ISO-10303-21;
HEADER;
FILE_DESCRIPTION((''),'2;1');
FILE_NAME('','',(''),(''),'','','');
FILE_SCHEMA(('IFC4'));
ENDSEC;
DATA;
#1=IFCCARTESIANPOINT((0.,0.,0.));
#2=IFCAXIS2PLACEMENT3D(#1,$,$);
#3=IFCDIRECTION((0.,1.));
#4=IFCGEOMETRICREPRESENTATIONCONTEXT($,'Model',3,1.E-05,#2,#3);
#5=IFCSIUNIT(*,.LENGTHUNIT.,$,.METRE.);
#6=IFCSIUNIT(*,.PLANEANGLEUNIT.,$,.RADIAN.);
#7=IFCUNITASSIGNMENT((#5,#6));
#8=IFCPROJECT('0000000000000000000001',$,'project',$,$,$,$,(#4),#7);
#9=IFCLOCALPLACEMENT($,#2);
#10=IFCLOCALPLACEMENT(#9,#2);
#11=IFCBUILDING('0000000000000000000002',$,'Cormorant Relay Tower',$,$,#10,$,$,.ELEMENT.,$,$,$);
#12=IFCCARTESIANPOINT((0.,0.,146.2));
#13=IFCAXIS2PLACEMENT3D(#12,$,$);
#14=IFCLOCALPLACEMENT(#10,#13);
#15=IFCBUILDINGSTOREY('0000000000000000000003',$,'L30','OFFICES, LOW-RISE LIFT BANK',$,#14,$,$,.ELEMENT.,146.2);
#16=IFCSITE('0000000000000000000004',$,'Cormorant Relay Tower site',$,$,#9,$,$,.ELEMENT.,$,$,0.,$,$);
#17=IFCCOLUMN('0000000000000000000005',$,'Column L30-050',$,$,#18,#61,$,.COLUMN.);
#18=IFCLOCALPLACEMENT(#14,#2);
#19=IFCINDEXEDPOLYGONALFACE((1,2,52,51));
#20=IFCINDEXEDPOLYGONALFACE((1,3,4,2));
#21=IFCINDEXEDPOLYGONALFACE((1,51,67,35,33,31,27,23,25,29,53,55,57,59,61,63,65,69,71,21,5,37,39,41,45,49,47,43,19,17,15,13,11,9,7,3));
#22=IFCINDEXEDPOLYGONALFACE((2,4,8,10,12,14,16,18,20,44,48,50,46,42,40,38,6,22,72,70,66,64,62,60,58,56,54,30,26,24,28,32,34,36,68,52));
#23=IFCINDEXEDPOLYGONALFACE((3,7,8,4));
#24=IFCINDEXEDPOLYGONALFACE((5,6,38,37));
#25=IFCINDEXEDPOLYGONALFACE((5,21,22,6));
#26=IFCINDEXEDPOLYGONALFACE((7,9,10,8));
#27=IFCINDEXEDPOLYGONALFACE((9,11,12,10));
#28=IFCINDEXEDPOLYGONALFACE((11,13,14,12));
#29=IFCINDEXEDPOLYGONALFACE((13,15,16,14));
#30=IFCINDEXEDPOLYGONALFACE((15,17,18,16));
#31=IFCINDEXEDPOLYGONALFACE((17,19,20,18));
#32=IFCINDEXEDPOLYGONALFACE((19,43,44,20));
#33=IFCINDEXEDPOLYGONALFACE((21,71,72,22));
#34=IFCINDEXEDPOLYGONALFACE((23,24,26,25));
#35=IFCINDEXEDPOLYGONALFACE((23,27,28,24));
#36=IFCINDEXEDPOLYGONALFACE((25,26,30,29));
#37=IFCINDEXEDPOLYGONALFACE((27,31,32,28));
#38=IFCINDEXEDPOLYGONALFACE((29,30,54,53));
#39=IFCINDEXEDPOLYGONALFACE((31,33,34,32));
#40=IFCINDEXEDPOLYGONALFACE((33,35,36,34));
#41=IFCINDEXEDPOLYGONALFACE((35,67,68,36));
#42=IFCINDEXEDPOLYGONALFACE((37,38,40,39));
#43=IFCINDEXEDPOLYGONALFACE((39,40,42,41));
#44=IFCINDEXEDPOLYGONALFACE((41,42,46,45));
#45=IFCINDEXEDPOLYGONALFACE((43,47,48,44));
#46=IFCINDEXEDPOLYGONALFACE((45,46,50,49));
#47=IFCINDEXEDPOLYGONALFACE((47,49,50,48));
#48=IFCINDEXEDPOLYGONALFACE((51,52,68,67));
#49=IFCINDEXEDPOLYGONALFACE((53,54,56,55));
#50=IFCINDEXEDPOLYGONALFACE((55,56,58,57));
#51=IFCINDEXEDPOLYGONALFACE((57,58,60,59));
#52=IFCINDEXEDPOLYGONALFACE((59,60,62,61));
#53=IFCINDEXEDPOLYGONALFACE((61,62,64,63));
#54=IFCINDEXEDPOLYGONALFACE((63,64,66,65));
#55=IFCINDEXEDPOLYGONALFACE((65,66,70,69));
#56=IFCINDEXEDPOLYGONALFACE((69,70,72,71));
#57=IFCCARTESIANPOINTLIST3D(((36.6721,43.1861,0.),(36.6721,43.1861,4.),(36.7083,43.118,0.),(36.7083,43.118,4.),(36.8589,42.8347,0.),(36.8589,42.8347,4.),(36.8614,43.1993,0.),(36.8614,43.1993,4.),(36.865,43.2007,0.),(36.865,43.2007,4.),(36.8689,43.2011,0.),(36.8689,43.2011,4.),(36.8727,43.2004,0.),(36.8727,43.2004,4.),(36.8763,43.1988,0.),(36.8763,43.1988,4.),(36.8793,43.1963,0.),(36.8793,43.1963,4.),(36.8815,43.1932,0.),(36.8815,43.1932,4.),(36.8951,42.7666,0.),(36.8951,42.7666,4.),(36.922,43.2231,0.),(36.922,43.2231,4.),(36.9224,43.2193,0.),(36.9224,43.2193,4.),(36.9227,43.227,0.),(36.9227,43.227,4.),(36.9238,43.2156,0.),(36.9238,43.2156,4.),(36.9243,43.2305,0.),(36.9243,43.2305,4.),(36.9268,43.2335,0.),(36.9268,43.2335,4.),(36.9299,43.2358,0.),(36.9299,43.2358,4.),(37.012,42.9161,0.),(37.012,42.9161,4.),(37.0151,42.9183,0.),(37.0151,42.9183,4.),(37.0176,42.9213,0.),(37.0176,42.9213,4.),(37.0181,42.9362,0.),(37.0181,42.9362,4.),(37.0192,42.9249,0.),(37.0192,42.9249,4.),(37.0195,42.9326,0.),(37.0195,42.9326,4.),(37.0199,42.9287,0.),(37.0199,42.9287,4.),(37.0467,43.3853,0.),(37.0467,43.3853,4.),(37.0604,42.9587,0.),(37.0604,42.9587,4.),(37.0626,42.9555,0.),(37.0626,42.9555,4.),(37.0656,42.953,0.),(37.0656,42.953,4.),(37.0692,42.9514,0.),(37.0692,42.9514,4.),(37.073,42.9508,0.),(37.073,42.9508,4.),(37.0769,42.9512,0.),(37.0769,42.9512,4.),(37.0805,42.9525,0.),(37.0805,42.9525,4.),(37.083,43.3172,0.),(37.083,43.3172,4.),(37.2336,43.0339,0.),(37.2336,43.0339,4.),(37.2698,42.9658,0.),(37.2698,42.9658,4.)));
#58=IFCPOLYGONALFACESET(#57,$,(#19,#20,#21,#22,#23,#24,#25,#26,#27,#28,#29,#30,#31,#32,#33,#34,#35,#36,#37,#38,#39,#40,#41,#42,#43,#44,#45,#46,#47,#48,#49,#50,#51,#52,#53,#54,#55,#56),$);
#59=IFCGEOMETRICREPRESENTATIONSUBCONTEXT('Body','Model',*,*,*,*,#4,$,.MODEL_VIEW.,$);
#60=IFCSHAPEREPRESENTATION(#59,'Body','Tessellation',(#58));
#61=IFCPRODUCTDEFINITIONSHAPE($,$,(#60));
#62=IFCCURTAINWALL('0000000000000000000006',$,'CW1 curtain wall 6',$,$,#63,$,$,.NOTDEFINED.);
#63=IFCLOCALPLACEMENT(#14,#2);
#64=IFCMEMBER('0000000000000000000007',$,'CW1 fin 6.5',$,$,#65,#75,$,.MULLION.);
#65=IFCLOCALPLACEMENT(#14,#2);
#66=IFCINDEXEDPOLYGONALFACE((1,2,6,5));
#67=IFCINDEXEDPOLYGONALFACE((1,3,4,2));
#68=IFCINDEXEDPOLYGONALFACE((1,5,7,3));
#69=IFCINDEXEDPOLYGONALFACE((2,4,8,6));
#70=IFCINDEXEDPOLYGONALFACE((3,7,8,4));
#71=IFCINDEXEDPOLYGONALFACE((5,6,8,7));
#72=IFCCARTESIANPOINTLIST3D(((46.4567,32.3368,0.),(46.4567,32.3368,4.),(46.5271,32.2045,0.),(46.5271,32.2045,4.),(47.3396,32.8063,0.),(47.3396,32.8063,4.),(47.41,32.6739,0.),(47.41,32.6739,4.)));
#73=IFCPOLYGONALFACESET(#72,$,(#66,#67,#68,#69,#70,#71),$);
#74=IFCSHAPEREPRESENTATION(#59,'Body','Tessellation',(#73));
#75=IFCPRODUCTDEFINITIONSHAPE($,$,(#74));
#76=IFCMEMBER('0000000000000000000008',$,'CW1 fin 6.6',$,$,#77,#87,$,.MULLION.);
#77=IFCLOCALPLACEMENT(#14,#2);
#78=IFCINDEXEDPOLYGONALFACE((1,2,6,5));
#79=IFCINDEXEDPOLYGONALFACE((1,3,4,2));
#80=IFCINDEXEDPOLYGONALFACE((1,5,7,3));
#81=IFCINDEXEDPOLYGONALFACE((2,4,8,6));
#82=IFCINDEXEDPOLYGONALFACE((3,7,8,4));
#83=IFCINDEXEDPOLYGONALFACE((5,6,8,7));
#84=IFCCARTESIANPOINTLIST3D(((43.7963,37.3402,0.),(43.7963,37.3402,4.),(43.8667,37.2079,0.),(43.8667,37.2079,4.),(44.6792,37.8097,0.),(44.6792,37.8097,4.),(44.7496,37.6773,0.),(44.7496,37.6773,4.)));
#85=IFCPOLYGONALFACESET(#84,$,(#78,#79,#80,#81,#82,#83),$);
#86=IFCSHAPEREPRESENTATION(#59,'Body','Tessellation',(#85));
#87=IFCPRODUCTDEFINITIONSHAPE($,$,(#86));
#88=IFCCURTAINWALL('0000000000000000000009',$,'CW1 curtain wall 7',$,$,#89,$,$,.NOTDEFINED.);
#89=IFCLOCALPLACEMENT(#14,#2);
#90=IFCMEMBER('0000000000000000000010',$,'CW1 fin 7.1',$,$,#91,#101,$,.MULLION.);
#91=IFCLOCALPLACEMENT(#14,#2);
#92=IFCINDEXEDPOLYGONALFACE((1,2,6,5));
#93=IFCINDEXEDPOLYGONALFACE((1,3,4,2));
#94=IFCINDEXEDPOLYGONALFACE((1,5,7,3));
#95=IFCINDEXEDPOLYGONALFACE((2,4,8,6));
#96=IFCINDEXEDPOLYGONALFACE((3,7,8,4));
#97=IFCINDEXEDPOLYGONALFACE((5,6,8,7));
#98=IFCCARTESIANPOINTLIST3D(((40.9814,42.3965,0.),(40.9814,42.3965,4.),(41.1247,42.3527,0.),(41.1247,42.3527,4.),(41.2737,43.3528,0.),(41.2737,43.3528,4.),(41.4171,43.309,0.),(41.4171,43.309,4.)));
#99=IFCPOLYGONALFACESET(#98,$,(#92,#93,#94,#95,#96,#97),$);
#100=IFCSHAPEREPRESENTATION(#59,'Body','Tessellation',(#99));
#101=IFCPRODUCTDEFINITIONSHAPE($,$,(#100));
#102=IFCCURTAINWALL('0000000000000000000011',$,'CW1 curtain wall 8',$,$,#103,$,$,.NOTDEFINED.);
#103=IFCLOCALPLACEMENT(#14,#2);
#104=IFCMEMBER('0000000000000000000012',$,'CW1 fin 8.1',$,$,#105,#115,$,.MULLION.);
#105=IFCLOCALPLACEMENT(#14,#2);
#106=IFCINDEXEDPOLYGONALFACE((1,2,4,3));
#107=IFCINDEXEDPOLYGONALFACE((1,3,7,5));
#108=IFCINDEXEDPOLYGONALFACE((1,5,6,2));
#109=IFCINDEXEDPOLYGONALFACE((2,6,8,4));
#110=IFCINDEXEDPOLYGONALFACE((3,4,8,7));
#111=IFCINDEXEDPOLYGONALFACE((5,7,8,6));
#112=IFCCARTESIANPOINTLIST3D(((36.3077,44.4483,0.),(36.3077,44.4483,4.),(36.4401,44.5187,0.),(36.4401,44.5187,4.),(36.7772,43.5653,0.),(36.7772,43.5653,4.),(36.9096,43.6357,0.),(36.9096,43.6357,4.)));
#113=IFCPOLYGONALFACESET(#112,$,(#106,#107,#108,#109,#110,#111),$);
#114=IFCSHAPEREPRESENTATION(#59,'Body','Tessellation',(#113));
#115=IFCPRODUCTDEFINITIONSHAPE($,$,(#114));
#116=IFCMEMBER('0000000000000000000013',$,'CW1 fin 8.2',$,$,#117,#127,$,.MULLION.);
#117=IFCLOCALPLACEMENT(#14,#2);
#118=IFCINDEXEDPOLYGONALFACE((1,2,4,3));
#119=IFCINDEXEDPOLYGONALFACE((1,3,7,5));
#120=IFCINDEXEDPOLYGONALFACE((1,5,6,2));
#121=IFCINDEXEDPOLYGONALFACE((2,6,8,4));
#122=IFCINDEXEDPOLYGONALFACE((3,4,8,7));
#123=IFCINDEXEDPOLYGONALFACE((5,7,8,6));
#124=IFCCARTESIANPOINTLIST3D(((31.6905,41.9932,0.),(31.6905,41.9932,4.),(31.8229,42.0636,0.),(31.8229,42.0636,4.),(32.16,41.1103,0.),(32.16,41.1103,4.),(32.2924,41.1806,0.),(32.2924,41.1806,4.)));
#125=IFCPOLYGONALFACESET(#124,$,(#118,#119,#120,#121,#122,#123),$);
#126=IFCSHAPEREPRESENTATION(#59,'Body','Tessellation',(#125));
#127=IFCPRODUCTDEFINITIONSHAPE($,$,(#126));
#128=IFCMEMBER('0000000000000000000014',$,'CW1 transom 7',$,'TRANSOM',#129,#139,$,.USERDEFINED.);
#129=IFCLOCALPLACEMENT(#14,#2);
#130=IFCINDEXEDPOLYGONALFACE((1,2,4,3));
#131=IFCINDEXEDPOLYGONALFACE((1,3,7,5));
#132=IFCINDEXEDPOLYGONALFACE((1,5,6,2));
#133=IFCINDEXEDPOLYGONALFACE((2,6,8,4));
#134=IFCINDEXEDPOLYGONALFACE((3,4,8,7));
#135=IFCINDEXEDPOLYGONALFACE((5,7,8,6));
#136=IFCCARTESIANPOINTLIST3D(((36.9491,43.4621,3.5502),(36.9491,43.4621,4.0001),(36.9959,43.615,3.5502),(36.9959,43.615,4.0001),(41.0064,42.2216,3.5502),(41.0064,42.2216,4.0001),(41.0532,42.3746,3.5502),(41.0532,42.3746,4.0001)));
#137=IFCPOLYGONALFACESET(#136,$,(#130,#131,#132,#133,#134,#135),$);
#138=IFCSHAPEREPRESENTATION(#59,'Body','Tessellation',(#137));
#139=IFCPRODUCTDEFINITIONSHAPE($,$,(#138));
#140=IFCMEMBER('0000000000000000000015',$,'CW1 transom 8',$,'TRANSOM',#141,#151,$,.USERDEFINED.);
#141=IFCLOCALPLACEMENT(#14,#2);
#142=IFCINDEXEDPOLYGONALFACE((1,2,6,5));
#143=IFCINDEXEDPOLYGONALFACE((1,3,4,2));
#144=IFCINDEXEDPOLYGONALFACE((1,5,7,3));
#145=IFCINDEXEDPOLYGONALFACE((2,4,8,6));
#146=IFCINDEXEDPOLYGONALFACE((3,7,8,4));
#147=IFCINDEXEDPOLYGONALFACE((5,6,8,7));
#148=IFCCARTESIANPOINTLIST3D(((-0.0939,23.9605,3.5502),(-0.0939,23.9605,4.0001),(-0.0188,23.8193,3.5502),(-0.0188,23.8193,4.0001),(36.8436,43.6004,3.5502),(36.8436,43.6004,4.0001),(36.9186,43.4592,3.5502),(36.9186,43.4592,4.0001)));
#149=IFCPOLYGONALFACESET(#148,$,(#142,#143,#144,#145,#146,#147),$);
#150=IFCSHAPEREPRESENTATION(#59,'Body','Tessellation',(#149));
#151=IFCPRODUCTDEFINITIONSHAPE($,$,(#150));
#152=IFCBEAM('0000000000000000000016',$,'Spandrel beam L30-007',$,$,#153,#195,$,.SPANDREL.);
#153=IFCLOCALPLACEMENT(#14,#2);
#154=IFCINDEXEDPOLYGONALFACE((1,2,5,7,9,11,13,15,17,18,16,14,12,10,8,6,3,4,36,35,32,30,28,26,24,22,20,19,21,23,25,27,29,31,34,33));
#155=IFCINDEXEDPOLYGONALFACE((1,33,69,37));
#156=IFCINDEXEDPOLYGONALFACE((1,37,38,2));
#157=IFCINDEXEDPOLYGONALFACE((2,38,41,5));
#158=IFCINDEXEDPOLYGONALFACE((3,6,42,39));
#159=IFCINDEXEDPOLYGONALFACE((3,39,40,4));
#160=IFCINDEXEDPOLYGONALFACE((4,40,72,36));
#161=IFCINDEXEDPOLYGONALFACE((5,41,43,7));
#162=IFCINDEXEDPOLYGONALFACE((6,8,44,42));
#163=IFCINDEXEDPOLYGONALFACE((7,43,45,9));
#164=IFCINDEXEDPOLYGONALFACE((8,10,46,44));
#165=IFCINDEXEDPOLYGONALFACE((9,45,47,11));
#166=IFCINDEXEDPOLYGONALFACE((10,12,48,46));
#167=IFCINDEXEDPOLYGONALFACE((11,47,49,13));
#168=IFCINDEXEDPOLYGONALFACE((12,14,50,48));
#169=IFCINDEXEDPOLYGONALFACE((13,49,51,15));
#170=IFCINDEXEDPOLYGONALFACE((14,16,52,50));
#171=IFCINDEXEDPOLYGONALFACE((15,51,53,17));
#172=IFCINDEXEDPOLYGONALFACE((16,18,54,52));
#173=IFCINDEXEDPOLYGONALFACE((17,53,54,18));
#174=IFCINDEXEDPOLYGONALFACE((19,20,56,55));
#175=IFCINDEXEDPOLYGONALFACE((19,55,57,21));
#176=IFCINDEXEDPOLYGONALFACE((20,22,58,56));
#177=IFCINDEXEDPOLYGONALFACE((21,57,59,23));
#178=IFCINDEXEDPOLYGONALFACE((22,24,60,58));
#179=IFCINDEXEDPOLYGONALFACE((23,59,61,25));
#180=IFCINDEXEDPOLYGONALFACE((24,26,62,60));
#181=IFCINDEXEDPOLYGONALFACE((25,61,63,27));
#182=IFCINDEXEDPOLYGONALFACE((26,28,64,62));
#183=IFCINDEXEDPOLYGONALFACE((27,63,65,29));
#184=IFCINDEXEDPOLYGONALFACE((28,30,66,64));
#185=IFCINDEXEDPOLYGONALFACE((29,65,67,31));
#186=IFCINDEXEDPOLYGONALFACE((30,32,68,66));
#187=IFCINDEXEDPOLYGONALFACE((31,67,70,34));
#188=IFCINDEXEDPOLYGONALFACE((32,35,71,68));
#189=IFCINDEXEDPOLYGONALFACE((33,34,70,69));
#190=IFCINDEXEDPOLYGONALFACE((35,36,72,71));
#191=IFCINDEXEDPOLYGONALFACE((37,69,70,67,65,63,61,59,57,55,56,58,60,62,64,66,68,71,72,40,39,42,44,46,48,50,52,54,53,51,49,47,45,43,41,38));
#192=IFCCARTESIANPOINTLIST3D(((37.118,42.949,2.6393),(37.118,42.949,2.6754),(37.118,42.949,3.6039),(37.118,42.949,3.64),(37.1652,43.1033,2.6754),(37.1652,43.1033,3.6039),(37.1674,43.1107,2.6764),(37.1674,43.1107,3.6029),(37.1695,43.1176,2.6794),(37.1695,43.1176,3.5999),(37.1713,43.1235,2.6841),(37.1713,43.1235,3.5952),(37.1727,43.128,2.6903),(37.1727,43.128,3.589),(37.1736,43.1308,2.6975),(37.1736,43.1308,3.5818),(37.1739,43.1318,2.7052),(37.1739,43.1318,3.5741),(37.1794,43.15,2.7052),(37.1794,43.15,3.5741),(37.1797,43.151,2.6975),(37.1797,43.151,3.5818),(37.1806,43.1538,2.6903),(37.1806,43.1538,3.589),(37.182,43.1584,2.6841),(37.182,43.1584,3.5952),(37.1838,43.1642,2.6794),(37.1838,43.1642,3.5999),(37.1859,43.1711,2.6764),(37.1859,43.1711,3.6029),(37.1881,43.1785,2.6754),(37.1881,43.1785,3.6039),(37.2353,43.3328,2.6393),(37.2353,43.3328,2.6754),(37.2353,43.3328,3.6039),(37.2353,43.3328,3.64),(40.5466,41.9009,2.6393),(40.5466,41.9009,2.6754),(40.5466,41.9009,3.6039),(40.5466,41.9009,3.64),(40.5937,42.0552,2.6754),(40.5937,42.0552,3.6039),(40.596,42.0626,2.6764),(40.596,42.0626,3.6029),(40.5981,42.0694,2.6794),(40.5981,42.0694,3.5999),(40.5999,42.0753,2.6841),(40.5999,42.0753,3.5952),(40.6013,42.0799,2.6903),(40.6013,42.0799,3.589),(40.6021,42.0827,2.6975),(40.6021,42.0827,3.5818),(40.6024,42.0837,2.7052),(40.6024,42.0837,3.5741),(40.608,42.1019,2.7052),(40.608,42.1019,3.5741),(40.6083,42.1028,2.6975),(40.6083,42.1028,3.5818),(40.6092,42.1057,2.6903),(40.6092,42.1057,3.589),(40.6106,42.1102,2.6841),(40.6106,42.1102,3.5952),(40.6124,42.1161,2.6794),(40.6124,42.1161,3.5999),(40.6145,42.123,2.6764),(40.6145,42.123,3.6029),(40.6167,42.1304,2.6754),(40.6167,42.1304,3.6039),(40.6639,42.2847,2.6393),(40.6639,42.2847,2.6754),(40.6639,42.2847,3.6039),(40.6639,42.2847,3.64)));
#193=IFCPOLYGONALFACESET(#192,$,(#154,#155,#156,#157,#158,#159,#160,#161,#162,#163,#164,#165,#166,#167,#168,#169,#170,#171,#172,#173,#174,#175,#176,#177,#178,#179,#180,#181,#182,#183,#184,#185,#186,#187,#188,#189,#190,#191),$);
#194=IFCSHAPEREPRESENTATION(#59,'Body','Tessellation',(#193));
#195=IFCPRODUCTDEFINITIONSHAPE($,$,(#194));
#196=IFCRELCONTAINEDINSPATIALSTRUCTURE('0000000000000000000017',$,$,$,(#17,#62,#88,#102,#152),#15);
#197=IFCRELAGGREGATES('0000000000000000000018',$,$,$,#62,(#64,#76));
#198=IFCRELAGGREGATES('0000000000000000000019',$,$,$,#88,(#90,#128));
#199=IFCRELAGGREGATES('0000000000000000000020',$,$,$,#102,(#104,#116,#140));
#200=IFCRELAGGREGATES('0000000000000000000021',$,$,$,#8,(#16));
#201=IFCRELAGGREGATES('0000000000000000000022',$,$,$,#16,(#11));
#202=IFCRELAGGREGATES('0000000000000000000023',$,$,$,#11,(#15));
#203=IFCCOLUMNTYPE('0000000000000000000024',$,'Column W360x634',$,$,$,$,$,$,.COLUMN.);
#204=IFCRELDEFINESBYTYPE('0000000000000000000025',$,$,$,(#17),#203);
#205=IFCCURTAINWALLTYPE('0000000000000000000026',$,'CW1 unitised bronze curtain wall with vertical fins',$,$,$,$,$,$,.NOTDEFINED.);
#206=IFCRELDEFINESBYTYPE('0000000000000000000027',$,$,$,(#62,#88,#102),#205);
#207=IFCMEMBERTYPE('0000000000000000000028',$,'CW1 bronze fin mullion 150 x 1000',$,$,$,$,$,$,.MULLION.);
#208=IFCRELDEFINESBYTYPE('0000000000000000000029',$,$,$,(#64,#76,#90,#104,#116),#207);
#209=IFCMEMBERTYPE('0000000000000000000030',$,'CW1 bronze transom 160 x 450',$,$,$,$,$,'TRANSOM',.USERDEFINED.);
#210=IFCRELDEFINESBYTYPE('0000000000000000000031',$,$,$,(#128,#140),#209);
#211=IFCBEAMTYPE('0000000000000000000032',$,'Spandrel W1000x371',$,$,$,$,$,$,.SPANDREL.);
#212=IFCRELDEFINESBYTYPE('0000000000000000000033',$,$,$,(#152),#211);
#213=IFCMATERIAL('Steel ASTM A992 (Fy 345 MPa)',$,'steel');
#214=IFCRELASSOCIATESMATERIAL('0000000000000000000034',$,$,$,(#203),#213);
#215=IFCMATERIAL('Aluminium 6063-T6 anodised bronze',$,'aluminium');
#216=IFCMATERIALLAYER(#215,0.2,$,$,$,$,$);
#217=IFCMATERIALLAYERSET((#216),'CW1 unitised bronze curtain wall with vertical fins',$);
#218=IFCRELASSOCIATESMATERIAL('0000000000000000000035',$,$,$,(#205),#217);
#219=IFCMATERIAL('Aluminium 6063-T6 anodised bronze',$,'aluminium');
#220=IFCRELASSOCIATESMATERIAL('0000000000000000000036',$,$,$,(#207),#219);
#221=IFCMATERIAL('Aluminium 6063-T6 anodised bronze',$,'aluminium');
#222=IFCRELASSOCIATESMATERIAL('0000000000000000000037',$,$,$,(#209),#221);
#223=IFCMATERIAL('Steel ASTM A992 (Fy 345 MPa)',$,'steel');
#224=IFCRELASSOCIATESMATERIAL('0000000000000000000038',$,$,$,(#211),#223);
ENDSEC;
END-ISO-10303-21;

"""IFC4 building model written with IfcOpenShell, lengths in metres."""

from ifc_helpers import new_model, si_unit, direction, frame, origin, origin_2d, place, context, subcontext, project, spatial, rectangle, i_section, extrude, material, layer, layer_set, material_profile, profile_set, type_object, element, aggregate, save


model = new_model("IFC4")

# Units and contexts
model_context = context("Model", 3, precision=1e-05, world=origin(), true_north=direction((0.0, 1.0)))
body_context = subcontext(model_context, "Body", "Model", "MODEL_VIEW")
ifc_project = project(units=[si_unit("LENGTHUNIT", "METRE"), si_unit("PLANEANGLEUNIT", "RADIAN")], contexts=[model_context])

# Site, building, storey
site_placement = place(None, origin())
site = spatial("IfcSite", under=ifc_project, at=site_placement, Name="Cormorant Relay Tower site", CompositionType="ELEMENT", RefElevation=0.0)
building_placement = place(site_placement, origin())
building = spatial("IfcBuilding", under=site, at=building_placement, Name="Cormorant Relay Tower", CompositionType="ELEMENT")
storey_placement = place(building_placement, frame((0.0, 0.0, 146.2)))
storey = spatial("IfcBuildingStorey", under=building, at=storey_placement, Name="L30", Description="OFFICES, LOW-RISE LIFT BANK", CompositionType="ELEMENT", Elevation=146.2)

# Column
ifc_material_1 = material(Name="Steel ASTM A992 (Fy 345 MPa)", Category="steel")
ifc_material_profile_1 = material_profile(ifc_material_1, i_section(OverallWidth=0.4243, OverallDepth=0.4751, WebThickness=0.0479, FlangeThickness=0.0771, FilletRadius=0.0149, at=origin_2d()), Name="W360x634")
ifc_profile_set_1 = profile_set([ifc_material_profile_1], Name="Steel ASTM A992 (Fy 345 MPa)")
column_type_1 = type_object("IfcColumnType", Name="Column W360x634", PredefinedType="COLUMN", material=ifc_profile_set_1)
for number, where, z_axis, x_axis, name in (
    (1, (36.9709, 43.0759, 0.0), (0.0, 0.0, 1.0), (-0.882948, -0.469472, 0.0), "Column L30-050"),
):
    element("IfcColumn", number, at=place(storey_placement, frame(where, z_axis=z_axis, x_axis=x_axis)), inside=storey, type_object=column_type_1, Name=name, PredefinedType="COLUMN", context=body_context, shape_type="SweptSolid", body=[
        extrude(i_section(OverallWidth=0.4243, OverallDepth=0.4751, WebThickness=0.0479, FlangeThickness=0.0771, FilletRadius=0.0149, at=origin_2d()), origin(), (0.0, 0.0, 1.0), 4.0),
    ])

# Curtain wall, members
ifc_material_2 = material(Name="Aluminium 6063-T6 anodised bronze", Category="aluminium")
ifc_layer_1 = layer(ifc_material_2, 0.2)
ifc_layer_set_1 = layer_set([ifc_layer_1], Name="CW1 unitised bronze curtain wall with vertical fins")
curtain_wall_type = type_object("IfcCurtainWallType", Name="CW1 unitised bronze curtain wall with vertical fins", PredefinedType="NOTDEFINED", material=ifc_layer_set_1)
curtain_wall_1_placement = place(storey_placement, origin())
curtain_wall_1 = element("IfcCurtainWall", 2, at=curtain_wall_1_placement, inside=storey, type_object=curtain_wall_type, Name="CW1 curtain wall 6", PredefinedType="NOTDEFINED")
ifc_material_3 = material(Name="Aluminium 6063-T6 anodised bronze", Category="aluminium")
ifc_material_profile_2 = material_profile(ifc_material_3, rectangle(XDim=0.1499, YDim=1.0, at=origin_2d()), Name="AL 150x1000")
ifc_profile_set_2 = profile_set([ifc_material_profile_2], Name="Aluminium 6063-T6 anodised bronze")
member_type_1 = type_object("IfcMemberType", Name="CW1 bronze fin mullion 150 x 1000", PredefinedType="MULLION", material=ifc_profile_set_2)
member_1_placement = place(storey_placement, frame((46.9333, 32.5054, 0.0), z_axis=(0.0, 0.0, 1.0), x_axis=(-0.469472, 0.882948, 0.0)))
member_1 = element("IfcMember", 3, at=member_1_placement, type_object=member_type_1, Name="CW1 fin 6.5", PredefinedType="MULLION", context=body_context, shape_type="SweptSolid", body=[
    extrude(rectangle(XDim=0.1499, YDim=1.0, at=origin_2d()), origin(), (0.0, 0.0, 1.0), 4.0),
])
member_2_placement = place(storey_placement, frame((44.2729, 37.5088, 0.0), z_axis=(0.0, 0.0, 1.0), x_axis=(-0.469472, 0.882948, 0.0)))
member_2 = element("IfcMember", 4, at=member_2_placement, type_object=member_type_1, Name="CW1 fin 6.6", PredefinedType="MULLION", context=body_context, shape_type="SweptSolid", body=[
    extrude(rectangle(XDim=0.1499, YDim=1.0, at=origin_2d()), origin(), (0.0, 0.0, 1.0), 4.0),
])

# Curtain wall, member
curtain_wall_2_placement = place(storey_placement, origin())
curtain_wall_2 = element("IfcCurtainWall", 5, at=curtain_wall_2_placement, inside=storey, type_object=curtain_wall_type, Name="CW1 curtain wall 7", PredefinedType="NOTDEFINED")
member_3_placement = place(storey_placement, frame((41.1992, 42.8528, 0.0), z_axis=(0.0, 0.0, 1.0), x_axis=(-0.956305, 0.292372, 0.0)))
member_3 = element("IfcMember", 6, at=member_3_placement, type_object=member_type_1, Name="CW1 fin 7.1", PredefinedType="MULLION", context=body_context, shape_type="SweptSolid", body=[
    extrude(rectangle(XDim=0.1499, YDim=1.0, at=origin_2d()), origin(), (0.0, 0.0, 1.0), 4.0),
])

# Curtain wall, members
curtain_wall_3_placement = place(storey_placement, origin())
curtain_wall_3 = element("IfcCurtainWall", 7, at=curtain_wall_3_placement, inside=storey, type_object=curtain_wall_type, Name="CW1 curtain wall 8", PredefinedType="NOTDEFINED")
member_4_placement = place(storey_placement, frame((36.6086, 44.042, 0.0), z_axis=(0.0, 0.0, 1.0), x_axis=(-0.882948, -0.469472, 0.0)))
member_4 = element("IfcMember", 8, at=member_4_placement, type_object=member_type_1, Name="CW1 fin 8.1", PredefinedType="MULLION", context=body_context, shape_type="SweptSolid", body=[
    extrude(rectangle(XDim=0.1499, YDim=1.0, at=origin_2d()), origin(), (0.0, 0.0, 1.0), 4.0),
])
member_5_placement = place(storey_placement, frame((31.9915, 41.5869, 0.0), z_axis=(0.0, 0.0, 1.0), x_axis=(-0.882948, -0.469472, 0.0)))
member_5 = element("IfcMember", 9, at=member_5_placement, type_object=member_type_1, Name="CW1 fin 8.2", PredefinedType="MULLION", context=body_context, shape_type="SweptSolid", body=[
    extrude(rectangle(XDim=0.1499, YDim=1.0, at=origin_2d()), origin(), (0.0, 0.0, 1.0), 4.0),
])

# Members
ifc_material_4 = material(Name="Aluminium 6063-T6 anodised bronze", Category="aluminium")
ifc_material_profile_3 = material_profile(ifc_material_4, rectangle(XDim=0.1599, YDim=0.45, at=origin_2d()), Name="AL 160x450")
ifc_profile_set_3 = profile_set([ifc_material_profile_3], Name="Aluminium 6063-T6 anodised bronze")
member_type_2 = type_object("IfcMemberType", Name="CW1 bronze transom 160 x 450", ElementType="TRANSOM", PredefinedType="USERDEFINED", material=ifc_profile_set_3)
member_6_placement = place(storey_placement, frame((41.0298, 42.2981, 3.7751), z_axis=(-0.956304, 0.292375, 0.0), x_axis=(-0.292375, -0.956304, 0.0)))
member_6 = element("IfcMember", 10, at=member_6_placement, type_object=member_type_2, Name="CW1 transom 7", ObjectType="TRANSOM", PredefinedType="USERDEFINED", context=body_context, shape_type="SweptSolid", body=[
    extrude(rectangle(XDim=0.1599, YDim=0.45, at=origin_2d()), origin(), (0.0, 0.0, 1.0), 4.2427),
])
member_7_placement = place(storey_placement, frame((36.8811, 43.5298, 3.7751), z_axis=(-0.882949, -0.469469, 0.0), x_axis=(0.469469, -0.882949, 0.0)))
member_7 = element("IfcMember", 11, at=member_7_placement, type_object=member_type_2, Name="CW1 transom 8", ObjectType="TRANSOM", PredefinedType="USERDEFINED", context=body_context, shape_type="SweptSolid", body=[
    extrude(rectangle(XDim=0.1599, YDim=0.45, at=origin_2d()), origin(), (0.0, 0.0, 1.0), 41.8342),
])

# Beam
ifc_material_5 = material(Name="Steel ASTM A992 (Fy 345 MPa)", Category="steel")
ifc_material_profile_4 = material_profile(ifc_material_5, i_section(OverallWidth=0.4014, OverallDepth=1.0007, WebThickness=0.019, FlangeThickness=0.0361, FilletRadius=0.0298, at=origin_2d()), Name="W1000x371")
ifc_profile_set_4 = profile_set([ifc_material_profile_4], Name="Steel ASTM A992 (Fy 345 MPa)")
beam_type = type_object("IfcBeamType", Name="Spandrel W1000x371", PredefinedType="SPANDREL", material=ifc_profile_set_4)
beam_1_placement = place(storey_placement, frame((40.6052, 42.0928, 3.1396), z_axis=(-0.956312, 0.292348, 0.0), x_axis=(-0.292348, -0.956312, 0.0)))
element("IfcBeam", 12, at=beam_1_placement, inside=storey, type_object=beam_type, Name="Spandrel beam L30-007", PredefinedType="SPANDREL", context=body_context, shape_type="SweptSolid", body=[
    extrude(i_section(OverallWidth=0.4014, OverallDepth=1.0007, WebThickness=0.019, FlangeThickness=0.0361, FilletRadius=0.0298, at=origin_2d()), origin(), (0.0, 0.0, 1.0), 3.5852),
])

aggregate(curtain_wall_1, [member_1, member_2])
aggregate(curtain_wall_2, [member_3, member_6])
aggregate(curtain_wall_3, [member_4, member_5, member_7])

save(model, "model.ifc")
